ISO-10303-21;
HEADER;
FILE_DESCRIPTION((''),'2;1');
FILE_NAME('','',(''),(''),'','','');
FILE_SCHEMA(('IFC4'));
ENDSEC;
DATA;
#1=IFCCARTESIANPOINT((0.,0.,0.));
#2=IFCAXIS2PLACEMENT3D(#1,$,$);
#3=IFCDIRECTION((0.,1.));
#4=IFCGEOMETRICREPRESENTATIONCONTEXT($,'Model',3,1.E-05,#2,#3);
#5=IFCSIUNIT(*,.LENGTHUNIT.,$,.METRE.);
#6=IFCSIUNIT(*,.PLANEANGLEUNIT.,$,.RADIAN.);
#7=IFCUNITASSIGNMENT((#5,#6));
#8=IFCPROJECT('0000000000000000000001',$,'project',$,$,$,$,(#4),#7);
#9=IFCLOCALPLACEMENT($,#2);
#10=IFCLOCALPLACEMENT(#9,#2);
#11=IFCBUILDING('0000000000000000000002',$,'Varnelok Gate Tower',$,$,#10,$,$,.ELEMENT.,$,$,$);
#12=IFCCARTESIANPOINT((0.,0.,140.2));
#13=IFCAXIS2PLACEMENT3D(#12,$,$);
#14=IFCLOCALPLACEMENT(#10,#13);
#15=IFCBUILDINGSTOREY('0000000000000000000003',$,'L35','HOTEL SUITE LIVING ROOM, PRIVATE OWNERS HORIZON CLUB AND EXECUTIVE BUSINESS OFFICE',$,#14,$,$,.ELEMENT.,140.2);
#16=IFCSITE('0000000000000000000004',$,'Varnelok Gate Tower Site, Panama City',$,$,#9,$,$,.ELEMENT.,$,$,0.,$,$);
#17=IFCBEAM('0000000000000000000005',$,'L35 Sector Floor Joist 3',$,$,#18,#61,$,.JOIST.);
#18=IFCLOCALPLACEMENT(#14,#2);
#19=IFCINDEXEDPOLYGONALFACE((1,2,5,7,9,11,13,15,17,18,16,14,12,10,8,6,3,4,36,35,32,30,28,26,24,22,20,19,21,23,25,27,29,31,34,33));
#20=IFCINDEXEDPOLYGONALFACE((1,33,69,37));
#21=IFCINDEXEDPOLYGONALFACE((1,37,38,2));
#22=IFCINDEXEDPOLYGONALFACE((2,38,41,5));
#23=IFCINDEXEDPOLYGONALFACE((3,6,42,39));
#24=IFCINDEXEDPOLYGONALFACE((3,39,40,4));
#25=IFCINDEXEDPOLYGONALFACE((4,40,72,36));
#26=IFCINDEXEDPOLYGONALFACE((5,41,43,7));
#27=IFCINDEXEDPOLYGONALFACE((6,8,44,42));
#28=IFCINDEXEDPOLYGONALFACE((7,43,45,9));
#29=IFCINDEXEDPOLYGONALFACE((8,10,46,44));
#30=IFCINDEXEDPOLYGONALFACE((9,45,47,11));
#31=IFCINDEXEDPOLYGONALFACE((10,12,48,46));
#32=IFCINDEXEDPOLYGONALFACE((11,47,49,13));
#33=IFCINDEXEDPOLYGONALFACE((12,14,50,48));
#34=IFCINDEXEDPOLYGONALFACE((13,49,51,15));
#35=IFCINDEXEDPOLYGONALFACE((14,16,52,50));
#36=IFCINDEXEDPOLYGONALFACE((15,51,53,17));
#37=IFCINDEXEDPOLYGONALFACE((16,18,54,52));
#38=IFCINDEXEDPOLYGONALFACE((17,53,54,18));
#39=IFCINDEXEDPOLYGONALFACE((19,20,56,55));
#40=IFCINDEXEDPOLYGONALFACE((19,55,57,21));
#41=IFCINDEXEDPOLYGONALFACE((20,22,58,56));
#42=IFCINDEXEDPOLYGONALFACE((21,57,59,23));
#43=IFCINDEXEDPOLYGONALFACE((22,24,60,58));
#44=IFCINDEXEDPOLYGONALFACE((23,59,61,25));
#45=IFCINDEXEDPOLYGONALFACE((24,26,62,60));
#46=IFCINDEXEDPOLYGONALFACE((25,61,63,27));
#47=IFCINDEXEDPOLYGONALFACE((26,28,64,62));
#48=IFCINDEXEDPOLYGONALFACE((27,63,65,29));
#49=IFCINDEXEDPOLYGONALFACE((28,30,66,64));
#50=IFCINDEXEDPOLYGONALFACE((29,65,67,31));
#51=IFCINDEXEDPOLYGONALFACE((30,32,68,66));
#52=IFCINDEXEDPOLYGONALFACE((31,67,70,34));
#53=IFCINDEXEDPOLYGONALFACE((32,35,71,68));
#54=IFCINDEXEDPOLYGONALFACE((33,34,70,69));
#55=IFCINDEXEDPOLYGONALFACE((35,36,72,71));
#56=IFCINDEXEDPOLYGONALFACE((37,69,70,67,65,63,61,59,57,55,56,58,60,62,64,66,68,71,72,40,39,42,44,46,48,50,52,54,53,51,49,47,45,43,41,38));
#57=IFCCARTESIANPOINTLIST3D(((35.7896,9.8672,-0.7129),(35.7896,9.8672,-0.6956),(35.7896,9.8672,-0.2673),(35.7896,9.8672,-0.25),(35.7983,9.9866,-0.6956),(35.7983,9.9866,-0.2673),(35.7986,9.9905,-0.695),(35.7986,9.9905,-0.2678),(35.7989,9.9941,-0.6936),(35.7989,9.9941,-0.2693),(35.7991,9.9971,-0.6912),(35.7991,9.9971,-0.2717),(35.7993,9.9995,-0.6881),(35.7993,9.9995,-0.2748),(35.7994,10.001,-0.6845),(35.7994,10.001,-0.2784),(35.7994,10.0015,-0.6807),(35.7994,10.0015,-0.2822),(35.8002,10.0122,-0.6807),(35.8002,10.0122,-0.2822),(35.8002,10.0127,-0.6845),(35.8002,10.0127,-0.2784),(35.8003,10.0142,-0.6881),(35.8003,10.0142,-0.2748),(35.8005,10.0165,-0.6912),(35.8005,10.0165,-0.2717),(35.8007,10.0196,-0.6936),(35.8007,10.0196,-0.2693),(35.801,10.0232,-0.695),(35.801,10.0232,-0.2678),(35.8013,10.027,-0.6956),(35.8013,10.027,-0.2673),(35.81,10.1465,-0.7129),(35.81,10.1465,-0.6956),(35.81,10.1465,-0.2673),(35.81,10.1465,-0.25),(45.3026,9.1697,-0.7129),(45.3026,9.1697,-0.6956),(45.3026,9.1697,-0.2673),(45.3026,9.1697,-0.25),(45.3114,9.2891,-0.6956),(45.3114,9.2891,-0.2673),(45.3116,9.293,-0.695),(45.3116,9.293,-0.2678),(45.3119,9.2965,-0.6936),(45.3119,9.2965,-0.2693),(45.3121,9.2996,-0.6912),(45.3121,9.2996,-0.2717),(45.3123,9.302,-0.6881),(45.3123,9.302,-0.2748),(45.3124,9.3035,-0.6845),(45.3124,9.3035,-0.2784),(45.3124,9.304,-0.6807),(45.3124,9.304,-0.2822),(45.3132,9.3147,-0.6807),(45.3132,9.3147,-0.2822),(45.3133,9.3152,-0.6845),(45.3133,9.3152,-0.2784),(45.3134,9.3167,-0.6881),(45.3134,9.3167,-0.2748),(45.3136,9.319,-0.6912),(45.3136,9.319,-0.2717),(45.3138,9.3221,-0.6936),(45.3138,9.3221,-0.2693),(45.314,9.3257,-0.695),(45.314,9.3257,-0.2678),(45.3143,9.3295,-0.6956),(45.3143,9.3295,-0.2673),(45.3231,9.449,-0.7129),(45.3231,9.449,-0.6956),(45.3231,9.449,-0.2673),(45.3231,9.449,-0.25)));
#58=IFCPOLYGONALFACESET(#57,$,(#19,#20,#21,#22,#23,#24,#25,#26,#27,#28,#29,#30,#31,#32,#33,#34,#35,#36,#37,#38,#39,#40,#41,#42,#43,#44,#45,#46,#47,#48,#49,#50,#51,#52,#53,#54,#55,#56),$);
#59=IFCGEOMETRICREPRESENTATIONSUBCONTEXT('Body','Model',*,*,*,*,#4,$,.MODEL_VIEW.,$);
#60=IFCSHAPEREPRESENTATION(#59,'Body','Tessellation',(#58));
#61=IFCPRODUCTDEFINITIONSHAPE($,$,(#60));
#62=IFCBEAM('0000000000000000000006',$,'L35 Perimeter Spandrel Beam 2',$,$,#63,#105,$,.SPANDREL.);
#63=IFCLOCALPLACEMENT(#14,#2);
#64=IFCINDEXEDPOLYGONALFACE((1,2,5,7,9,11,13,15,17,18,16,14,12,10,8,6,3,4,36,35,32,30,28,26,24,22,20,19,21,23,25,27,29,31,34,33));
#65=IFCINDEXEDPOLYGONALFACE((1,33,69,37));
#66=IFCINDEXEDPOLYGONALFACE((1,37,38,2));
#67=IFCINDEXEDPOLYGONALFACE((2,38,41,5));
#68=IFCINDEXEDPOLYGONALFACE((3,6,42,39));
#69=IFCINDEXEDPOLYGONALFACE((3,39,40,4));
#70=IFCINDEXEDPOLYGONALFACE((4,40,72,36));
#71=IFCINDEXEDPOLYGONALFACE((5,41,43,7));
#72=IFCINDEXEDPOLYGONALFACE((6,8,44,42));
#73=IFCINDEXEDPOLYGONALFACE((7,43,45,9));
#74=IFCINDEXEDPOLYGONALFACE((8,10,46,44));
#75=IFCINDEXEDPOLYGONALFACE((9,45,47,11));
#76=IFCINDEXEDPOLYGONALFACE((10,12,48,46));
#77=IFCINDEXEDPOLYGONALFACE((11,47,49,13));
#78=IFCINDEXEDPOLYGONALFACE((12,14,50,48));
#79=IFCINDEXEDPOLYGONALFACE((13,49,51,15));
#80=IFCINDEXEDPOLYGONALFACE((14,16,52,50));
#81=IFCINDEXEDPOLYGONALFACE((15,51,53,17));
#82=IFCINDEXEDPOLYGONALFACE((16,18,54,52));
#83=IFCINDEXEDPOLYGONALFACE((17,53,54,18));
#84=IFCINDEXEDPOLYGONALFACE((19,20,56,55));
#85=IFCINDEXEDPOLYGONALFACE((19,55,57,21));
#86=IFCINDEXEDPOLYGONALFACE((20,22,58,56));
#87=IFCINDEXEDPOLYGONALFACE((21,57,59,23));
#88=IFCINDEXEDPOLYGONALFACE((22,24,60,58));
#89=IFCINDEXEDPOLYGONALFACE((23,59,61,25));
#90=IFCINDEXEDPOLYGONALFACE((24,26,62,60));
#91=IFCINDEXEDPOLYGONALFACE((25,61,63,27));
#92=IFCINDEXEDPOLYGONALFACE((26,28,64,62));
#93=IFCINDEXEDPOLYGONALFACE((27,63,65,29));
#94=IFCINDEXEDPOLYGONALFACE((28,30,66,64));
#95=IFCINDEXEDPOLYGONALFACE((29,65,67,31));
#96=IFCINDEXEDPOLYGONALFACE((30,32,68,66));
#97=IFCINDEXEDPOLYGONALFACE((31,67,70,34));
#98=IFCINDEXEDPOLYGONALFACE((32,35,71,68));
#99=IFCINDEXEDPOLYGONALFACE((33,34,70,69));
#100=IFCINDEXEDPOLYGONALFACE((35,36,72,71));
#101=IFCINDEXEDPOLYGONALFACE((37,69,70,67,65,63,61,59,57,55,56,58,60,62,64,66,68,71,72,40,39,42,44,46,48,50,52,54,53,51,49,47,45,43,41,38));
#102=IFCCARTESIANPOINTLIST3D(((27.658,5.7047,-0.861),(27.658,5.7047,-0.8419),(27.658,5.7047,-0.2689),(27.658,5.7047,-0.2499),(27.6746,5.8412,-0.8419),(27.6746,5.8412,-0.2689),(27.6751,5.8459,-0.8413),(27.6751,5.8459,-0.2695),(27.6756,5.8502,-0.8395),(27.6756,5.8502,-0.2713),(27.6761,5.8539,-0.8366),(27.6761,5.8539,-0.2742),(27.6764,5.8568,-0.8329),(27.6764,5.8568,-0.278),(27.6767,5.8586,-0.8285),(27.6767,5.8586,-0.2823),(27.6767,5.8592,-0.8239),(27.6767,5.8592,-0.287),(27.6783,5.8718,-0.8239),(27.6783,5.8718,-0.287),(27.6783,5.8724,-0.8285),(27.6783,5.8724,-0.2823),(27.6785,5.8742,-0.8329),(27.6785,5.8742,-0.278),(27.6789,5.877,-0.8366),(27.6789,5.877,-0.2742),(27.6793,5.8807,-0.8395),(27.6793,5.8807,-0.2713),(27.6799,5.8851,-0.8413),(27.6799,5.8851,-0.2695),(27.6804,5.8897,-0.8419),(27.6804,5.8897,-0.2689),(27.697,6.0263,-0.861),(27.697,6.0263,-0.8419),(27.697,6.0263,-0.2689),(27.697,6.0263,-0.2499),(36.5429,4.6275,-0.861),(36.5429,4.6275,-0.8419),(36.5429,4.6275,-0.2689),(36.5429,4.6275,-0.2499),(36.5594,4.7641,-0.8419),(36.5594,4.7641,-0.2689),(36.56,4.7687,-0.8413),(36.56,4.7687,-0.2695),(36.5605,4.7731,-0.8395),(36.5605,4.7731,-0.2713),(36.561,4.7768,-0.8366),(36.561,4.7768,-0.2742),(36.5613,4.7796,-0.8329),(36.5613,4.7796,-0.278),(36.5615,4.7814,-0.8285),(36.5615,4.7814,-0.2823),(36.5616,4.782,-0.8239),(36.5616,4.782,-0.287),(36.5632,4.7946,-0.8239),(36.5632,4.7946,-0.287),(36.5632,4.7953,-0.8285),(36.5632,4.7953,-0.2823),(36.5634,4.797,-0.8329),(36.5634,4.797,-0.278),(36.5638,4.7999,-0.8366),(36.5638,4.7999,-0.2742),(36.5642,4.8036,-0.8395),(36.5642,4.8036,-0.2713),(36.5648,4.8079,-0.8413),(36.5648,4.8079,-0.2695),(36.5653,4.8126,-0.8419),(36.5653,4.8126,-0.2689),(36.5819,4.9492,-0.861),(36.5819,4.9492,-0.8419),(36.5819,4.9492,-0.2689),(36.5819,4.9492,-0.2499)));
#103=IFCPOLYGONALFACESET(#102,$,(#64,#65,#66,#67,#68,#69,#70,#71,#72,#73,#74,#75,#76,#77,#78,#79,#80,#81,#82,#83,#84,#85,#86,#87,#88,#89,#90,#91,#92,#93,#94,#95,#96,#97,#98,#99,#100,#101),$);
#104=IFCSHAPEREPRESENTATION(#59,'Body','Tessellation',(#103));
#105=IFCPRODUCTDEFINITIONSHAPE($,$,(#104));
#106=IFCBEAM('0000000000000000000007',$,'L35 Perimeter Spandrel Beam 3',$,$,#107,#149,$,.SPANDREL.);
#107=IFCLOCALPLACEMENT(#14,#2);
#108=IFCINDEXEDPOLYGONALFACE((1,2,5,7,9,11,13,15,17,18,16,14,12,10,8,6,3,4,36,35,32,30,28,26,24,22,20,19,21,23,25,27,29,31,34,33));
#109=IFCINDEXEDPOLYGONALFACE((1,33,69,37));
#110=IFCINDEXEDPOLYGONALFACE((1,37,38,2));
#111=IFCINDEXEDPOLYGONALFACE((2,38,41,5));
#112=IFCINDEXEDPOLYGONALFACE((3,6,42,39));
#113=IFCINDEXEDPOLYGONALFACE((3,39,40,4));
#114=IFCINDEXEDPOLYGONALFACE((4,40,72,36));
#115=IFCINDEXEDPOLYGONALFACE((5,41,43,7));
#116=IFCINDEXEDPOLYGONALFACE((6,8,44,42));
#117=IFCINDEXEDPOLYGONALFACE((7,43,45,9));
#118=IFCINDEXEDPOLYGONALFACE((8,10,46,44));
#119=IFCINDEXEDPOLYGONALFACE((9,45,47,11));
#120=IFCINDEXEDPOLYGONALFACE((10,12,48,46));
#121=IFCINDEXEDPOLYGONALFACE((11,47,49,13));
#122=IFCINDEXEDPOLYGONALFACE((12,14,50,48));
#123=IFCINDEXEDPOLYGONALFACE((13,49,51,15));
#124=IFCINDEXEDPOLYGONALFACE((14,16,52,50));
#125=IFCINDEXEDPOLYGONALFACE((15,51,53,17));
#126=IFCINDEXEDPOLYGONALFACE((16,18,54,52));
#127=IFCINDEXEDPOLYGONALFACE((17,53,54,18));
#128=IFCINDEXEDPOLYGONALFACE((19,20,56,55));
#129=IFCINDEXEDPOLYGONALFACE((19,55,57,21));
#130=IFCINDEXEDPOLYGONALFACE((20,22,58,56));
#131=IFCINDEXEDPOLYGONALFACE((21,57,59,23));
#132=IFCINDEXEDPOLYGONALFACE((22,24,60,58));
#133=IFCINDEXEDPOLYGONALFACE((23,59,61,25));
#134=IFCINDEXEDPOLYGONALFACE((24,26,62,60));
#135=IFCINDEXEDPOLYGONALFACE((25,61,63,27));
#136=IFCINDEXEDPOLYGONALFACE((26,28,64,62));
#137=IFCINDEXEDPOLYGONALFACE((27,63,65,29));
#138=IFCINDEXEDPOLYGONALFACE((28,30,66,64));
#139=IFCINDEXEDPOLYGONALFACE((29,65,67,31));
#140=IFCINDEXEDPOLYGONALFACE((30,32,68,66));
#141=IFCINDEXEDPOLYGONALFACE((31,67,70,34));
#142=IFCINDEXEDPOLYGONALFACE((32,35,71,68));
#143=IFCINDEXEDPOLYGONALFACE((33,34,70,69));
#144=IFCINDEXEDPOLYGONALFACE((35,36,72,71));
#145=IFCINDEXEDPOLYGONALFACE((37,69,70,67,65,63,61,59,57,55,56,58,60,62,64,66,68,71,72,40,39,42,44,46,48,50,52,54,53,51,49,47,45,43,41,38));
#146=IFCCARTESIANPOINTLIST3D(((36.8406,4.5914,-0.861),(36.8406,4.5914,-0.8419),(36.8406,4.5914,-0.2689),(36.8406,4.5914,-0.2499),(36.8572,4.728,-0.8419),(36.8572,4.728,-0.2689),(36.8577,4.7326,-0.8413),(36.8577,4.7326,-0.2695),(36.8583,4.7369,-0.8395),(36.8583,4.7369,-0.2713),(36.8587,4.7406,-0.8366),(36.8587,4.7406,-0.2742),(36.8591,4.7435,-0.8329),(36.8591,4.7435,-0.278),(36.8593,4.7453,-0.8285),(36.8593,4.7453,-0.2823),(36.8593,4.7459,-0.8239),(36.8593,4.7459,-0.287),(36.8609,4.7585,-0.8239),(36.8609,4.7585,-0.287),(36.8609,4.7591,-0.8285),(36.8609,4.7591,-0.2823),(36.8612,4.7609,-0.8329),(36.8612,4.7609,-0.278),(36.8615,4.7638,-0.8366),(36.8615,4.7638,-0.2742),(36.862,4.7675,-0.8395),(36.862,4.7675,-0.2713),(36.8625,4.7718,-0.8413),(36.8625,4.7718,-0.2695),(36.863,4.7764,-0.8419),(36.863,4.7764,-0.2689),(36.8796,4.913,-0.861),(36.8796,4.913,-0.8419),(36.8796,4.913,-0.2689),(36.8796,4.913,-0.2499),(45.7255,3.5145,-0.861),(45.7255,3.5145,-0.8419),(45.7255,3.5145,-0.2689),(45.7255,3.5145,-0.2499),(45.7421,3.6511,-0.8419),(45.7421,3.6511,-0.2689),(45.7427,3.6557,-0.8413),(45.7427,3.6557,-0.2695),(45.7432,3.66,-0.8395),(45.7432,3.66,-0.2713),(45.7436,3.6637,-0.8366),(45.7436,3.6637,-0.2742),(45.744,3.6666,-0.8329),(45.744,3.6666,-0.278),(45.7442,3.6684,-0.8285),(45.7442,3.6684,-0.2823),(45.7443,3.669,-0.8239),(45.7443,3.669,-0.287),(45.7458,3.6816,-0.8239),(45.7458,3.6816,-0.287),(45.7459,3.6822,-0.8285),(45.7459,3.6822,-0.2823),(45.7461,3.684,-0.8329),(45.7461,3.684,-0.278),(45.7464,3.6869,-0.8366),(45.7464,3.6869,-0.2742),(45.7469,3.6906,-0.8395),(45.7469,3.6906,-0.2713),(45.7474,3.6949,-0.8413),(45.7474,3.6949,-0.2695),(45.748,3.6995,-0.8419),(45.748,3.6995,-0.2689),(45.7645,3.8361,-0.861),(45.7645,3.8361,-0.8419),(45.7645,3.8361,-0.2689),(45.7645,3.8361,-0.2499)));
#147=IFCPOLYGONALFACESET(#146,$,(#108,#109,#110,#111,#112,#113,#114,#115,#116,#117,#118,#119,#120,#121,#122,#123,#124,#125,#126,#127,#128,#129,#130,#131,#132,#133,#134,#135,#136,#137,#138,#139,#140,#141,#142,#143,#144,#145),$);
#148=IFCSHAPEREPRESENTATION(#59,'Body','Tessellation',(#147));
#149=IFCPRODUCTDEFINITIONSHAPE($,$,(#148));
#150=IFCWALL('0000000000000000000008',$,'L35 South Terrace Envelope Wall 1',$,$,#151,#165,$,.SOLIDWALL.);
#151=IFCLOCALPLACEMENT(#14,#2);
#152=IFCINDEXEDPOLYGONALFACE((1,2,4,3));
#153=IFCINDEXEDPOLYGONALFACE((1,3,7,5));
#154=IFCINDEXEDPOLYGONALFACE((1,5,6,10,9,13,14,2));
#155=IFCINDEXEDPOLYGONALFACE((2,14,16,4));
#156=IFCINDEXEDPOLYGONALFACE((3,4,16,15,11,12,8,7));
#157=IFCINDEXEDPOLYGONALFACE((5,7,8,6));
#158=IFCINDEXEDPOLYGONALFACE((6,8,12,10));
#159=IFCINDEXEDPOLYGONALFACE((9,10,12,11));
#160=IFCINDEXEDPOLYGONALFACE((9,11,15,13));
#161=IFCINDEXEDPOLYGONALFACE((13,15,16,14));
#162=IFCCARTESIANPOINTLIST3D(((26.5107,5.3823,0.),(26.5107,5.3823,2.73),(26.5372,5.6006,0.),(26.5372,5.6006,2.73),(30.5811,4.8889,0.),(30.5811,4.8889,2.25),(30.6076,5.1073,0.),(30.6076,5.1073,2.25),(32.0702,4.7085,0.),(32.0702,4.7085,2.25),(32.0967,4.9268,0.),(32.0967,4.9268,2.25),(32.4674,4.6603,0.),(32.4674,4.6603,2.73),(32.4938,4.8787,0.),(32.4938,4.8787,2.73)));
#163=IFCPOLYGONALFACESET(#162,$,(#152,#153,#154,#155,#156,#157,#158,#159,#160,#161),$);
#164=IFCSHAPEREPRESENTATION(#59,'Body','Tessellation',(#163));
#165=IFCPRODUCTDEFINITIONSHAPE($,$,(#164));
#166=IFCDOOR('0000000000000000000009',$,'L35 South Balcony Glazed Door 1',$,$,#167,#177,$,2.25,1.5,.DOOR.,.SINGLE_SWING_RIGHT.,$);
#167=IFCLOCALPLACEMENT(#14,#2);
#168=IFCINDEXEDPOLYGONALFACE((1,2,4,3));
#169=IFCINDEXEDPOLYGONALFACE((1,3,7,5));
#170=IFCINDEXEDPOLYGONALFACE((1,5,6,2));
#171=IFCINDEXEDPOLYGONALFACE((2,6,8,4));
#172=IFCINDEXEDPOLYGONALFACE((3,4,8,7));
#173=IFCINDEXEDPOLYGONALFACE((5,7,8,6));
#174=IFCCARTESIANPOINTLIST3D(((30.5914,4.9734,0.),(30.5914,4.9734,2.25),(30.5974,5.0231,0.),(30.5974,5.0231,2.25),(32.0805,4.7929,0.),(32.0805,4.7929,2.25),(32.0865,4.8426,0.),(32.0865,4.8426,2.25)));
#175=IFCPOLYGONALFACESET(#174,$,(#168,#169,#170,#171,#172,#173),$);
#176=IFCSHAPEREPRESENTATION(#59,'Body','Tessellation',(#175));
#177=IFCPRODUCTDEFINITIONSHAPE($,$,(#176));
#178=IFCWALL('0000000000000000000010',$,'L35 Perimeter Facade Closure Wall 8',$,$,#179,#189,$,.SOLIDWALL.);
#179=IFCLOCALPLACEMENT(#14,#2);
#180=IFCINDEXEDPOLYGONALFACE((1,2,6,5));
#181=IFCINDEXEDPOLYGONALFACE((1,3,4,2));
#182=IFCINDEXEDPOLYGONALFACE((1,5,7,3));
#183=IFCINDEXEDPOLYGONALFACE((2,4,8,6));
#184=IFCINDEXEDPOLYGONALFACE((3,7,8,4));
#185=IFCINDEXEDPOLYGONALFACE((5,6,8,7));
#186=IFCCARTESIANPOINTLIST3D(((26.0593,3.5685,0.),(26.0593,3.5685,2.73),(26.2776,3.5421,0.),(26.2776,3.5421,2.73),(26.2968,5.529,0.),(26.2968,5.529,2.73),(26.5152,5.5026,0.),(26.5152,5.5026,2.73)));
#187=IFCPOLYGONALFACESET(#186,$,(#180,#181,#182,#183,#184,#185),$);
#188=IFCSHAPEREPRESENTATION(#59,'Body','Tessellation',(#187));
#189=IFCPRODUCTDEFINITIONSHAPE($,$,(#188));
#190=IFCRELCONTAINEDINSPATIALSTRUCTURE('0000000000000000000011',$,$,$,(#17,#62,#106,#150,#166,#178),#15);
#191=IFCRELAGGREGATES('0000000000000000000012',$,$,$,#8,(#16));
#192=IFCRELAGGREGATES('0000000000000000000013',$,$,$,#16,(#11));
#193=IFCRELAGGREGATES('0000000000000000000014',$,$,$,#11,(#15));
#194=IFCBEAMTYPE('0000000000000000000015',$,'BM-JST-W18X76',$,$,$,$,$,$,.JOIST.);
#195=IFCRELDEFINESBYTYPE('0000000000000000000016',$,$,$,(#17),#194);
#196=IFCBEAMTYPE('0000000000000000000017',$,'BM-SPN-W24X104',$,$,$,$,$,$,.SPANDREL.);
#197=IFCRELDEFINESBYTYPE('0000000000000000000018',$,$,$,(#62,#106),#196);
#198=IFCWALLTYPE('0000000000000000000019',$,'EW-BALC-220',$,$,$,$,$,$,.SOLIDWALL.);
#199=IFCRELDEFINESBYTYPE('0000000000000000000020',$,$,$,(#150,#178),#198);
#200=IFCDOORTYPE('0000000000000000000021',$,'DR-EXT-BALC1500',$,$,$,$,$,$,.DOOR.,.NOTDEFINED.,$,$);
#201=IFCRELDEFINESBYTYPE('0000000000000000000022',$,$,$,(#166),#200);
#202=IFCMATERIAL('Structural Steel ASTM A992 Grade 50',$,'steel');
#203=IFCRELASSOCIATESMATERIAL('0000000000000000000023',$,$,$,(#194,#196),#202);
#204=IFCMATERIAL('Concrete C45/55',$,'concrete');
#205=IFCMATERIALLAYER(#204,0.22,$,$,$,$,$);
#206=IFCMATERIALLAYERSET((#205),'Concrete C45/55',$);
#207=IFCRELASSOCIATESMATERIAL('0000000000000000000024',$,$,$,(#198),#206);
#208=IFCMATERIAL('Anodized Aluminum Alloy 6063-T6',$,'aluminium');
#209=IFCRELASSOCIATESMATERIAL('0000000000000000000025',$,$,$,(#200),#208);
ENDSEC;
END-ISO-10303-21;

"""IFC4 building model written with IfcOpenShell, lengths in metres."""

from ifc_helpers import new_model, si_unit, direction, frame, frame_2d, origin, origin_2d, place, context, subcontext, project, spatial, rectangle, i_section, extrude, material, layer, layer_set, material_profile, profile_set, type_object, element, fill, save


model = new_model("IFC4")

# Units and contexts
model_context = context("Model", 3, precision=1e-05, world=origin(), true_north=direction((0.0, 1.0)))
body_context = subcontext(model_context, "Body", "Model", "MODEL_VIEW")
ifc_project = project(units=[si_unit("LENGTHUNIT", "METRE"), si_unit("PLANEANGLEUNIT", "RADIAN")], contexts=[model_context])

# Site, building, storey
site_placement = place(None, origin())
site = spatial("IfcSite", under=ifc_project, at=site_placement, Name="Varnelok Gate Tower Site, Panama City", CompositionType="ELEMENT", RefElevation=0.0)
building_placement = place(site_placement, origin())
building = spatial("IfcBuilding", under=site, at=building_placement, Name="Varnelok Gate Tower", CompositionType="ELEMENT")
storey_placement = place(building_placement, frame((0.0, 0.0, 140.2)))
storey = spatial("IfcBuildingStorey", under=building, at=storey_placement, Name="L35", Description="HOTEL SUITE LIVING ROOM, PRIVATE OWNERS HORIZON CLUB AND EXECUTIVE BUSINESS OFFICE", CompositionType="ELEMENT", Elevation=140.2)

# Shared definitions
ifc_material_1 = material(Name="Structural Steel ASTM A992 Grade 50", Category="steel")

# Beams
ifc_material_profile_1 = material_profile(ifc_material_1, i_section(OverallWidth=0.28, OverallDepth=0.4629, WebThickness=0.0107, FlangeThickness=0.0173, FilletRadius=0.0149, at=origin_2d()), Name="W18X76")
ifc_profile_set_1 = profile_set([ifc_material_profile_1], Name="Structural Steel ASTM A992 Grade 50")
beam_type_1 = type_object("IfcBeamType", Name="BM-JST-W18X76", PredefinedType="JOIST", material=ifc_profile_set_1)
beam_1_placement = place(storey_placement, frame((35.7998, 10.0068, -0.4814), z_axis=(0.997323, -0.073126, 0.0), x_axis=(0.073126, 0.997323, 0.0)))
element("IfcBeam", 1, at=beam_1_placement, inside=storey, type_object=beam_type_1, Name="L35 Sector Floor Joist 3", PredefinedType="JOIST", context=body_context, shape_type="SweptSolid", body=[
    extrude(i_section(OverallWidth=0.28, OverallDepth=0.4629, WebThickness=0.0107, FlangeThickness=0.0173, FilletRadius=0.0149, at=origin_2d()), origin(), (0.0, 0.0, 1.0), 9.5386),
])
ifc_material_profile_2 = material_profile(ifc_material_1, i_section(OverallWidth=0.324, OverallDepth=0.6111, WebThickness=0.0127, FlangeThickness=0.019, FilletRadius=0.0181, at=origin_2d()), Name="W24X104")
ifc_profile_set_2 = profile_set([ifc_material_profile_2], Name="Structural Steel ASTM A992 Grade 50")
beam_type_2 = type_object("IfcBeamType", Name="BM-SPN-W24X104", PredefinedType="SPANDREL", material=ifc_profile_set_2)
for number, where, z_axis, x_axis, name in (
    (2, (27.6775, 5.8655, -0.5554), (0.992731, -0.120351, 0.0), (0.120351, 0.992731, 0.0), "L35 Perimeter Spandrel Beam 2"),
    (3, (36.8601, 4.7522, -0.5554), (0.992735, -0.120324, 0.0), (0.120324, 0.992735, 0.0), "L35 Perimeter Spandrel Beam 3"),
):
    element("IfcBeam", number, at=place(storey_placement, frame(where, z_axis=z_axis, x_axis=x_axis)), inside=storey, type_object=beam_type_2, Name=name, PredefinedType="SPANDREL", context=body_context, shape_type="SweptSolid", body=[
        extrude(i_section(OverallWidth=0.324, OverallDepth=0.6111, WebThickness=0.0127, FlangeThickness=0.019, FilletRadius=0.0181, at=origin_2d()), origin(), (0.0, 0.0, 1.0), 8.95),
    ])

# Wall, opening, door
ifc_material_2 = material(Name="Concrete C45/55", Category="concrete")
ifc_layer_1 = layer(ifc_material_2, 0.22)
ifc_layer_set_1 = layer_set([ifc_layer_1], Name="Concrete C45/55")
wall_type_1 = type_object("IfcWallType", Name="EW-BALC-220", PredefinedType="SOLIDWALL", material=ifc_layer_set_1)
wall_1_placement = place(storey_placement, frame((32.4805, 4.7695, 0.0), z_axis=(0.0, 0.0, 1.0), x_axis=(-0.992735, 0.120318, 0.0)))
wall_1 = element("IfcWall", 4, at=wall_1_placement, inside=storey, type_object=wall_type_1, Name="L35 South Terrace Envelope Wall 1", PredefinedType="SOLIDWALL", context=body_context, shape_type="SweptSolid", body=[
    extrude(rectangle(XDim=6.0002, YDim=0.22, at=frame_2d((3.0, 0.0))), origin(), (0.0, 0.0, 1.0), 2.73),
])
opening_1_placement = place(wall_1_placement, frame((0.3999, 0.0, 0.0)))
opening_1 = element("IfcOpeningElement", 5, at=opening_1_placement, cuts=wall_1, PredefinedType="OPENING", context=body_context, shape_type="SweptSolid", body=[
    extrude(rectangle(XDim=1.5, YDim=2.25, at=frame_2d((0.75, 1.125))), frame((0.0, 0.1199, 0.0), z_axis=(0.0, -1.0, 0.0), x_axis=(1.0, 0.0, 0.0)), (0.0, 0.0, 1.0), 0.24),
])
ifc_material_3 = material(Name="Anodized Aluminum Alloy 6063-T6", Category="aluminium")
door_type_1 = type_object("IfcDoorType", Name="DR-EXT-BALC1500", OperationType="NOTDEFINED", PredefinedType="DOOR", material=ifc_material_3)
door_1_placement = place(opening_1_placement, origin())
door_1 = element("IfcDoor", 6, at=door_1_placement, inside=storey, type_object=door_type_1, Name="L35 South Balcony Glazed Door 1", OperationType="SINGLE_SWING_RIGHT", OverallHeight=2.25, OverallWidth=1.5, PredefinedType="DOOR", context=body_context, shape_type="SweptSolid", body=[
    extrude(rectangle(XDim=1.5, YDim=2.25, at=frame_2d((0.75, 1.125))), frame((0.0, 0.0249, 0.0), z_axis=(0.0, -1.0, 0.0), x_axis=(1.0, 0.0, 0.0)), (0.0, 0.0, 1.0), 0.05),
])
fill(opening_1, door_1)

# Wall
wall_2_placement = place(storey_placement, frame((26.1685, 3.5554, 0.0), z_axis=(0.0, 0.0, 1.0), x_axis=(0.120291, 0.992739, 0.0)))
element("IfcWall", 7, at=wall_2_placement, inside=storey, type_object=wall_type_1, Name="L35 Perimeter Facade Closure Wall 8", PredefinedType="SOLIDWALL", context=body_context, shape_type="SweptSolid", body=[
    extrude(rectangle(XDim=1.9749, YDim=0.22, at=frame_2d((0.9873, 0.0))), origin(), (0.0, 0.0, 1.0), 2.73),
])

save(model, "model.ifc")
